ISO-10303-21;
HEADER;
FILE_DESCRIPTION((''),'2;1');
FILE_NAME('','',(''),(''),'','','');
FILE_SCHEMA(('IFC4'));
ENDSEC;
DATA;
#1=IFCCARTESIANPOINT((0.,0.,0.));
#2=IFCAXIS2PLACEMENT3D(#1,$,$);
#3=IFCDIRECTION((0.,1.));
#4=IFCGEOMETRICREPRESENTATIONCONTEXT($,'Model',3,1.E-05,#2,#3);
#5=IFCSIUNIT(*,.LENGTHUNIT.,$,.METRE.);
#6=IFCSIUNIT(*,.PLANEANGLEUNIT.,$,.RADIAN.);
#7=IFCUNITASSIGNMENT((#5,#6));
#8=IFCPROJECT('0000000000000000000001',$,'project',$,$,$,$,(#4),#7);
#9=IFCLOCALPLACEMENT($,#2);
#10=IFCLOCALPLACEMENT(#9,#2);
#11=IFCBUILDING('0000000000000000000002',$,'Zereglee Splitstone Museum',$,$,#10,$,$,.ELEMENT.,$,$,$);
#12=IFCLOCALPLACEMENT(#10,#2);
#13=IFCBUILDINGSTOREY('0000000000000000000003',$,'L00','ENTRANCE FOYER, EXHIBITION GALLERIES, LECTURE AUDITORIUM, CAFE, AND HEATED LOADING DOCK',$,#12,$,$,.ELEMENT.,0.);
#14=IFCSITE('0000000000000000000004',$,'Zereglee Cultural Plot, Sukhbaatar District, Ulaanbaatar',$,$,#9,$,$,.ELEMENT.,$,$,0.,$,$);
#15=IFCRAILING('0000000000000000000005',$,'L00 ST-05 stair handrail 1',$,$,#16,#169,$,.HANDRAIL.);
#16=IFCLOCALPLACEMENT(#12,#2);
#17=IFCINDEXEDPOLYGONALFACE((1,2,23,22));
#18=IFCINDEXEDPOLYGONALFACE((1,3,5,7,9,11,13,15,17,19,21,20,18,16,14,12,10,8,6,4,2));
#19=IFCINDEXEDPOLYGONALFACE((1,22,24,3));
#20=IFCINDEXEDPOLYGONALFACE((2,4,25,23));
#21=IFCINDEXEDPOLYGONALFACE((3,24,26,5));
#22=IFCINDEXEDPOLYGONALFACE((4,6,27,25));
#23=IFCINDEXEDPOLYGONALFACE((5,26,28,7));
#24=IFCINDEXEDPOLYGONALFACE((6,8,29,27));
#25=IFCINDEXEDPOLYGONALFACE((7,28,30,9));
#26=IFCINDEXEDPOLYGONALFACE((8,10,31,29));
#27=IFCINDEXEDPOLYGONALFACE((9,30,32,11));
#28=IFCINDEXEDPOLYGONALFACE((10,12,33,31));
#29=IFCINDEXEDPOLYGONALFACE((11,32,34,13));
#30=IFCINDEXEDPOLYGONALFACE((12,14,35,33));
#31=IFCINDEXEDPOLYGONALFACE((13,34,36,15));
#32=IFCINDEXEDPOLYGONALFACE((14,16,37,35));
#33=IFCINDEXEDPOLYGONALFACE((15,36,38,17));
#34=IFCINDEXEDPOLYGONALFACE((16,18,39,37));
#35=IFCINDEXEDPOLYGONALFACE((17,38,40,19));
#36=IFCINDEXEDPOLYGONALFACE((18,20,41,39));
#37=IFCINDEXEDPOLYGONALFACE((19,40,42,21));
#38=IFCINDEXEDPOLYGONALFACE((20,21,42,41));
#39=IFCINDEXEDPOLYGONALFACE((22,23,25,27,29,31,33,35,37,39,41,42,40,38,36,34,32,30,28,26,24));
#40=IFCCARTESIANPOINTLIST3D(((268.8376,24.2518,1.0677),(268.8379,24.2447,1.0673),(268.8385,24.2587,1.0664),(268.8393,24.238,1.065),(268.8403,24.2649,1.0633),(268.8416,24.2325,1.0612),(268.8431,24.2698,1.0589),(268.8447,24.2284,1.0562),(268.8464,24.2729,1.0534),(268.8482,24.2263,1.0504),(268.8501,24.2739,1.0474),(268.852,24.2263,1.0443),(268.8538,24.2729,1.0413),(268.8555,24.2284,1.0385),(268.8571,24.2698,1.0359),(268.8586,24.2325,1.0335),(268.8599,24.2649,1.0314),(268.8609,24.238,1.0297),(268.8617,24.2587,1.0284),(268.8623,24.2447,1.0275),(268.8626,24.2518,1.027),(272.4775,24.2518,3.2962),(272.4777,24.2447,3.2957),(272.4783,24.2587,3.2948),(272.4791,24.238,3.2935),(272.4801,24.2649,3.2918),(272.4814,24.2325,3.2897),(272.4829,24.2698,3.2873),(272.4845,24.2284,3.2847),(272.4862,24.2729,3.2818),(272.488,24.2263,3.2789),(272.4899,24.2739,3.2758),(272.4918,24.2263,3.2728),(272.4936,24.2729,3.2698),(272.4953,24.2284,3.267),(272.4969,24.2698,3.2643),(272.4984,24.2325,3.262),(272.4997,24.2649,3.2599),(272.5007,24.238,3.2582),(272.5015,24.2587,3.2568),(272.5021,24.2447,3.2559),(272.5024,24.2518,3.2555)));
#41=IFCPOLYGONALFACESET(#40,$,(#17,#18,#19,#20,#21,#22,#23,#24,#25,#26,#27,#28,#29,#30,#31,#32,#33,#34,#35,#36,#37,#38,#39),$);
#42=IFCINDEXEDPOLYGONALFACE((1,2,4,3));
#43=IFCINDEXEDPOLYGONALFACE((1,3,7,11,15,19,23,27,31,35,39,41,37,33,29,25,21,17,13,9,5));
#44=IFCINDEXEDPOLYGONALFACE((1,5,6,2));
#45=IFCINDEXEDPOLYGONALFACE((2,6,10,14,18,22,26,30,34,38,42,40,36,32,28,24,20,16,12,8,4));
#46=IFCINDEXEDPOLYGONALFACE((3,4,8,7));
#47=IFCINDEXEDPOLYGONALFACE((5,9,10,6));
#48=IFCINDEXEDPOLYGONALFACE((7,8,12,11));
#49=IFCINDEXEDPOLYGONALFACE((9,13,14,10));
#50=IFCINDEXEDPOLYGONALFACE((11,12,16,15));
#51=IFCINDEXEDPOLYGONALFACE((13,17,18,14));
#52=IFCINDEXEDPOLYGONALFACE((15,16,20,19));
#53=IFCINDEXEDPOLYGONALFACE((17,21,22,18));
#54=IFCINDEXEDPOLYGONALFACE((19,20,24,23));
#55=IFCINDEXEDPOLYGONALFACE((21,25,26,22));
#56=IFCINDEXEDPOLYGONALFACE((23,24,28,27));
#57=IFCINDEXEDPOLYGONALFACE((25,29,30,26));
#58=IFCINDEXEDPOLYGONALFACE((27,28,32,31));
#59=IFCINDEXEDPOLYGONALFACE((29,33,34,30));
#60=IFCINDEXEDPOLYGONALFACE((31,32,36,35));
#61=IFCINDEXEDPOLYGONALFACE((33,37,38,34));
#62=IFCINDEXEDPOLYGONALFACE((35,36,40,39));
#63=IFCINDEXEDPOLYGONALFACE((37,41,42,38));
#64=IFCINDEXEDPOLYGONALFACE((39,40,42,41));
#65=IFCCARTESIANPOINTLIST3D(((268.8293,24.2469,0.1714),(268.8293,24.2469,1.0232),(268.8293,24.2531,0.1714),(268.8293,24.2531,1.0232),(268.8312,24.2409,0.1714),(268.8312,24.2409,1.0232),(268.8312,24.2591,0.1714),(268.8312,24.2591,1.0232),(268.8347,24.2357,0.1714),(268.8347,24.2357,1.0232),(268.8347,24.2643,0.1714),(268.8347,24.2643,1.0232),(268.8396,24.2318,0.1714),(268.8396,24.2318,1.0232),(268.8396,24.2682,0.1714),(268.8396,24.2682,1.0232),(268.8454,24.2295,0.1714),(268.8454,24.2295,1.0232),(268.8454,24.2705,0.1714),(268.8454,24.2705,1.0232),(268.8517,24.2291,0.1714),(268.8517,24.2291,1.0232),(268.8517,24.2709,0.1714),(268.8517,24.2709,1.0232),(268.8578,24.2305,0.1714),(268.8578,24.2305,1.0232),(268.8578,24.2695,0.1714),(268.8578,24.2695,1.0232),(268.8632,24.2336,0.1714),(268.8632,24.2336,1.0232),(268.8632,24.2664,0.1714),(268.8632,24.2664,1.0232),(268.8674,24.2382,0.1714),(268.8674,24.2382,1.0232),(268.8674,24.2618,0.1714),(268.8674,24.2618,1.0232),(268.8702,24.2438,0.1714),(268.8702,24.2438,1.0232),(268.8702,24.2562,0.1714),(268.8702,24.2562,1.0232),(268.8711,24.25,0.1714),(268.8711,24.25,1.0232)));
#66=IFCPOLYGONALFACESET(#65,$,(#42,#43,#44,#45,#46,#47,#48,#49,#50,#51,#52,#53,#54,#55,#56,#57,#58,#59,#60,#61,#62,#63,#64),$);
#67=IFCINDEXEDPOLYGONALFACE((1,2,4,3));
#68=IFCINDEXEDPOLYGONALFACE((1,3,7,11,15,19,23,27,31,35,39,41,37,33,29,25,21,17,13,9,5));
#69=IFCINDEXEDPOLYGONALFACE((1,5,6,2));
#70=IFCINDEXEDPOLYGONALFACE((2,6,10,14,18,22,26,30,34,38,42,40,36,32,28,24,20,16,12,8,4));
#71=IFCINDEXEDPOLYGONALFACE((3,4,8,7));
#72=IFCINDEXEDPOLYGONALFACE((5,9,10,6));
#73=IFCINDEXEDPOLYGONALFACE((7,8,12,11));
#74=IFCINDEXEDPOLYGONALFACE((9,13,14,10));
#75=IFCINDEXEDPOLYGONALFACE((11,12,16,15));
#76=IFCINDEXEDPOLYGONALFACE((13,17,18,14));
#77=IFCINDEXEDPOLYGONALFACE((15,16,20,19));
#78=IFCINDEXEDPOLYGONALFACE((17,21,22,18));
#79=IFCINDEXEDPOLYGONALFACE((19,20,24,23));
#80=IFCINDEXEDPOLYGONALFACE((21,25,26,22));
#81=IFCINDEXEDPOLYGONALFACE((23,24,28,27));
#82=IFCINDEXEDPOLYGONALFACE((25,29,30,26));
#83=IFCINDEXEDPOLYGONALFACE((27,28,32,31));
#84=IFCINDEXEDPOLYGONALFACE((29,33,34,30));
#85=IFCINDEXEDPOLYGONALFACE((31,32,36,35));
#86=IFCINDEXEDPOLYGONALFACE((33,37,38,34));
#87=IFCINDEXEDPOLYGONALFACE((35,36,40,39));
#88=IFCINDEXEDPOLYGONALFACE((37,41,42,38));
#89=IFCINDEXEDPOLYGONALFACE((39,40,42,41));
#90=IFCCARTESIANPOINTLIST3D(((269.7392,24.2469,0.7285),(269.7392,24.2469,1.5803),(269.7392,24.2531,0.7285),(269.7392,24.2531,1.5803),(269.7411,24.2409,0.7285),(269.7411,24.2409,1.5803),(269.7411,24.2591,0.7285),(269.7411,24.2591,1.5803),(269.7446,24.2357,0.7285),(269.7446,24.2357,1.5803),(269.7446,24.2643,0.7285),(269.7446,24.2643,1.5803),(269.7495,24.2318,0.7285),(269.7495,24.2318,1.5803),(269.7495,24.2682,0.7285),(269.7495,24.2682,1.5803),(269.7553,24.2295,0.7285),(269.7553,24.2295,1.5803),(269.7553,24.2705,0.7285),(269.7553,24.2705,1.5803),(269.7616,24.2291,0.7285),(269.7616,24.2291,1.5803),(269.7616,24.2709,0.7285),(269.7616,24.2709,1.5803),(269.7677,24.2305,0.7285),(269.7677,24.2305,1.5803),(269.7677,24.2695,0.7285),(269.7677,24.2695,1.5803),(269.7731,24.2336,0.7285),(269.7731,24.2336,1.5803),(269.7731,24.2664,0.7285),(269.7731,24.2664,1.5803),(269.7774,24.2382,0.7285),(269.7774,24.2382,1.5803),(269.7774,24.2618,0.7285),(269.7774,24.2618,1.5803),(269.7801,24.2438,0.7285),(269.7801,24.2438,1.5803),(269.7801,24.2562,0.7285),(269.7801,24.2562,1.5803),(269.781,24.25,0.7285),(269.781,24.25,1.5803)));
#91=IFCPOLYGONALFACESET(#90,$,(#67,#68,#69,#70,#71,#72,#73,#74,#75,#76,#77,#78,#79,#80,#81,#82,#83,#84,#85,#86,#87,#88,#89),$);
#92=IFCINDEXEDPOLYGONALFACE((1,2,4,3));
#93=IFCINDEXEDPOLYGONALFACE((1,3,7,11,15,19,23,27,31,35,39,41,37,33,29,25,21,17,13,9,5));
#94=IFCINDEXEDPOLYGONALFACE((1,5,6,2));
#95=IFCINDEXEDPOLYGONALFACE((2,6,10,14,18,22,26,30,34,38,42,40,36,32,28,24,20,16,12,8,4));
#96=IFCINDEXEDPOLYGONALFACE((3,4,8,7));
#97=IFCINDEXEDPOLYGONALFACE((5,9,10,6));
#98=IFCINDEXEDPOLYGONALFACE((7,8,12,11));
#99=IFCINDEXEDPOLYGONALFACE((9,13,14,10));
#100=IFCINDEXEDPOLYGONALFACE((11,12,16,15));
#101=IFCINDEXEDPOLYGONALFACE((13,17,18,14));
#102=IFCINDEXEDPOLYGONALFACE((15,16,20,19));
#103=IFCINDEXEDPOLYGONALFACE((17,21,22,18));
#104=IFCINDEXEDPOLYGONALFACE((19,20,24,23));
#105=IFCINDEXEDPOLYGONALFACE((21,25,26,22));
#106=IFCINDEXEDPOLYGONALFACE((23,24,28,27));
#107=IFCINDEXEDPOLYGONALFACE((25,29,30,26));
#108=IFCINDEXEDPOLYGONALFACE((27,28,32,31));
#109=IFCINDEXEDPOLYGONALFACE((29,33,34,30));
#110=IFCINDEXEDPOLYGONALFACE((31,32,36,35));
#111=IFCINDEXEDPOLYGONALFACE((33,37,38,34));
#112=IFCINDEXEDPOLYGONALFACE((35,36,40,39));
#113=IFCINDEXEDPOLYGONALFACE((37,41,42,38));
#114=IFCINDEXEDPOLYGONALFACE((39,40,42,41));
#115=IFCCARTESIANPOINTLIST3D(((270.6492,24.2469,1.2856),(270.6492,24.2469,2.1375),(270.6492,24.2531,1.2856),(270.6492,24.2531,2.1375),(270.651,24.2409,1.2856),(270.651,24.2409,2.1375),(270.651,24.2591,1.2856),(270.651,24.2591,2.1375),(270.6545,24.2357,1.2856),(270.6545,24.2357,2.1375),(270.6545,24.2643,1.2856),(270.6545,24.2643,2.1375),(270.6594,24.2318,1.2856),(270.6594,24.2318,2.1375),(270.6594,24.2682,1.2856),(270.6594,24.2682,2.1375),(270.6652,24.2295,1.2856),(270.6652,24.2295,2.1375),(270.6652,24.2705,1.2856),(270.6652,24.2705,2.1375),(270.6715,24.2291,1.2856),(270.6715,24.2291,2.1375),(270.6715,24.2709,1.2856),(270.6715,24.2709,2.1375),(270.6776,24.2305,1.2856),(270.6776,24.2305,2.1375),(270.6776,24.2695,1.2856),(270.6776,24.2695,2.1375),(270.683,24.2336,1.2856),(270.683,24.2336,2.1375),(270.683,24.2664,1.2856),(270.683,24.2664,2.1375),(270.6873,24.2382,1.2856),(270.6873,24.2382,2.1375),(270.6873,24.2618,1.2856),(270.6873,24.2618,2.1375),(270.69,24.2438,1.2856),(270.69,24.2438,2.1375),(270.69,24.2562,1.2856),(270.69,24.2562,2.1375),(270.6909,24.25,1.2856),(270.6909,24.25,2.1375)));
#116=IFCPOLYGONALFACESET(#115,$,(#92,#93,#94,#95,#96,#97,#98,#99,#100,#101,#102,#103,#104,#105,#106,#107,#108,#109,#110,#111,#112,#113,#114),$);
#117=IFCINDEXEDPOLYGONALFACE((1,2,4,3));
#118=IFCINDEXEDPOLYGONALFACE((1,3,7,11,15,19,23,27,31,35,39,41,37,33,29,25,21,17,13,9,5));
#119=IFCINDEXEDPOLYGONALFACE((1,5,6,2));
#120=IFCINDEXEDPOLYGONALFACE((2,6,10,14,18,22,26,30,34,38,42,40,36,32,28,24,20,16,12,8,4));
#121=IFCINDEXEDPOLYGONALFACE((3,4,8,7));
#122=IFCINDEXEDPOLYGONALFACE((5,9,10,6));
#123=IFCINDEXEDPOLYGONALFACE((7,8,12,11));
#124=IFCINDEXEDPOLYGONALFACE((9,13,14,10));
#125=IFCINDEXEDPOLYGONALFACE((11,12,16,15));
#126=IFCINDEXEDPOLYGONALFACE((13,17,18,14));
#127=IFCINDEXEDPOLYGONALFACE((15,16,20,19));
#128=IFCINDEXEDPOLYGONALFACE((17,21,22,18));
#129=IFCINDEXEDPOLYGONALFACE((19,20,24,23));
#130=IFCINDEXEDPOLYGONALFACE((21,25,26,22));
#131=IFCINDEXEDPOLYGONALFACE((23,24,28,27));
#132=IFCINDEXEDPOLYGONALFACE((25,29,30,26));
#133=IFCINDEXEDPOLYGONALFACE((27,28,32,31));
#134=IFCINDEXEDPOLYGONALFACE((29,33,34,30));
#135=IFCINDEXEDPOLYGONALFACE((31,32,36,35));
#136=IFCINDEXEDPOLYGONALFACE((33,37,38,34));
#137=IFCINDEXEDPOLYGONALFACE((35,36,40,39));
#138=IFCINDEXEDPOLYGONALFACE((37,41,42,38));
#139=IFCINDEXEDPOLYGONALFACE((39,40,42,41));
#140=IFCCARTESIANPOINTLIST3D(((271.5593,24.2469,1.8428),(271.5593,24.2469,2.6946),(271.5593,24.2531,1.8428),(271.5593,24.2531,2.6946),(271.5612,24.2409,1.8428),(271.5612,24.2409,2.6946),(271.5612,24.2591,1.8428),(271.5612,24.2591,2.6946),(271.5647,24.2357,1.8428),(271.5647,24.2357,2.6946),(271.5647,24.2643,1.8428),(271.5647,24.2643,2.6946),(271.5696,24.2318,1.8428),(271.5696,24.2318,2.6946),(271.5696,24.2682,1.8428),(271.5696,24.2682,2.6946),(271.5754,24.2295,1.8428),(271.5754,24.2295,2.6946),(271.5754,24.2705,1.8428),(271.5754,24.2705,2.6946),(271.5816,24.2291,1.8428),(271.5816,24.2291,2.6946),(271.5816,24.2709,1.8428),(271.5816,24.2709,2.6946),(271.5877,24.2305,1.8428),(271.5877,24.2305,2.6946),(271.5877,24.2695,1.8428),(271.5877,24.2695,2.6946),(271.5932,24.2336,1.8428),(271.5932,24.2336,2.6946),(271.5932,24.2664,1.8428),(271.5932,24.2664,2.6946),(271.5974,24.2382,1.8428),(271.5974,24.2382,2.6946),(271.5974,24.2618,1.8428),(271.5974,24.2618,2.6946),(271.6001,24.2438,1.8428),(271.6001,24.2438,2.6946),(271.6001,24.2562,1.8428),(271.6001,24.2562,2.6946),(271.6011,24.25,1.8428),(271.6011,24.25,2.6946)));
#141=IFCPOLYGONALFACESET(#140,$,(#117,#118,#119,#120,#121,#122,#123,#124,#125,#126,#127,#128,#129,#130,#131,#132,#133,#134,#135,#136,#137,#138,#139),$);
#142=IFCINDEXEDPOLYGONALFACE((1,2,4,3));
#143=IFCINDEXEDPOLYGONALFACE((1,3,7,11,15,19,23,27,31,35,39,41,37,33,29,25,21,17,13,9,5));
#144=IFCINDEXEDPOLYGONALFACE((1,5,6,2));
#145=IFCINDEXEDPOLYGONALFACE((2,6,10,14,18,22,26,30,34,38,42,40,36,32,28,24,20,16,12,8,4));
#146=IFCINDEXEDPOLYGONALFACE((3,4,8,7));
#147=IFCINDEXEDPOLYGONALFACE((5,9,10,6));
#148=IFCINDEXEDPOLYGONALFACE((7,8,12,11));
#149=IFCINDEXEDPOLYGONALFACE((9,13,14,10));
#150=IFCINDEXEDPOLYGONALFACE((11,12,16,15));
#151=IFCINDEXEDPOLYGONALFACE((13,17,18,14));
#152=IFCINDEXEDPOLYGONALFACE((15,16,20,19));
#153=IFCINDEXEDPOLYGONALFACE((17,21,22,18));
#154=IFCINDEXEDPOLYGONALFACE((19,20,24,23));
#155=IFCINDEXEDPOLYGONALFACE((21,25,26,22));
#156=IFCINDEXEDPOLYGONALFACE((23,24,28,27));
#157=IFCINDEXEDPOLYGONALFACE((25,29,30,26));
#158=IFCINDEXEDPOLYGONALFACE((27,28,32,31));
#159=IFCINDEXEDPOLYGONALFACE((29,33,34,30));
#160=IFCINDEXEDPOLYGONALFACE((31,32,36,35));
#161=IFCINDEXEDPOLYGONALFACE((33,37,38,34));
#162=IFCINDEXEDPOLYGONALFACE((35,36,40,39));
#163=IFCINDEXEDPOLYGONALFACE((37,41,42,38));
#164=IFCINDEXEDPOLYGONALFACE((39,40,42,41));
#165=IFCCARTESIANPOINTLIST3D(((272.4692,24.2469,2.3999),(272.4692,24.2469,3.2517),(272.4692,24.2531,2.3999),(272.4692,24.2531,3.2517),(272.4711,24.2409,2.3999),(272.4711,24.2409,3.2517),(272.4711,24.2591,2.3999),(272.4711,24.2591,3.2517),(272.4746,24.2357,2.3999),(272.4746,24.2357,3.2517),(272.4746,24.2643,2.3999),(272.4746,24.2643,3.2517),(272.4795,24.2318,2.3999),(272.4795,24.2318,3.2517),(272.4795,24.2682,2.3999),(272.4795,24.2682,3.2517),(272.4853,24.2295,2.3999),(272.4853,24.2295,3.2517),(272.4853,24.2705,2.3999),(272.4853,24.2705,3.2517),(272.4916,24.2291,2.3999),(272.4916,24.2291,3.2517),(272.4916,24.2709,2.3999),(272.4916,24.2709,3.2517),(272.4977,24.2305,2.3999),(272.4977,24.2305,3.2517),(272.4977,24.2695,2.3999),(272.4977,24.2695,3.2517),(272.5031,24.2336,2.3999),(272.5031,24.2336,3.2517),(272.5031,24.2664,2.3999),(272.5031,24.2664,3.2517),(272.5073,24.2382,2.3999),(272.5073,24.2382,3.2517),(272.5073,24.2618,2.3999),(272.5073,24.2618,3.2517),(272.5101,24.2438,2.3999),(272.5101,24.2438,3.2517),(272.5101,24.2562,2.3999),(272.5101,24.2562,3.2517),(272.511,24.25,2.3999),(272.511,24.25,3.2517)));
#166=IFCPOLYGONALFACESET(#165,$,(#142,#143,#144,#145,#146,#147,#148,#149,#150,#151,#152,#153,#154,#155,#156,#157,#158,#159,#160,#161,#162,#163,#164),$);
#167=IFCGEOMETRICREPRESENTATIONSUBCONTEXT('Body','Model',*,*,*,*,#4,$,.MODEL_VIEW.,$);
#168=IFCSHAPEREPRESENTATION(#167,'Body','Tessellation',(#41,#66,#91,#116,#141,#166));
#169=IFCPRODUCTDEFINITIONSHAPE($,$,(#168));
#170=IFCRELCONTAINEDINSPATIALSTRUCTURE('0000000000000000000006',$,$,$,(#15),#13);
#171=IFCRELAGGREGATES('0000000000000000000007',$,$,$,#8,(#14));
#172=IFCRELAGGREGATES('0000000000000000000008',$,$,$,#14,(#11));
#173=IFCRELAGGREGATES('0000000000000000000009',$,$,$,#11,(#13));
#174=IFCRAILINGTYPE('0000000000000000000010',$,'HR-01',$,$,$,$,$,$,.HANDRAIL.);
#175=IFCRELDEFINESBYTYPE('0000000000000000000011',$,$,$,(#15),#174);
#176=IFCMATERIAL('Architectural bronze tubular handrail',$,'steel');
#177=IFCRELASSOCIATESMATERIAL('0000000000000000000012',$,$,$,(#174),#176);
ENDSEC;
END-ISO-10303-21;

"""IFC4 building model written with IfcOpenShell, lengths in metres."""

from ifc_helpers import new_model, si_unit, direction, frame, origin, origin_2d, place, context, subcontext, project, spatial, circle, extrude, material, type_object, element, save


model = new_model("IFC4")

# Units and contexts
model_context = context("Model", 3, precision=1e-05, world=origin(), true_north=direction((0.0, 1.0)))
body_context = subcontext(model_context, "Body", "Model", "MODEL_VIEW")
ifc_project = project(units=[si_unit("LENGTHUNIT", "METRE"), si_unit("PLANEANGLEUNIT", "RADIAN")], contexts=[model_context])

# Site, building, storey
site_placement = place(None, origin())
site = spatial("IfcSite", under=ifc_project, at=site_placement, Name="Zereglee Cultural Plot, Sukhbaatar District, Ulaanbaatar", CompositionType="ELEMENT", RefElevation=0.0)
building_placement = place(site_placement, origin())
building = spatial("IfcBuilding", under=site, at=building_placement, Name="Zereglee Splitstone Museum", CompositionType="ELEMENT")
storey_placement = place(building_placement, origin())
storey = spatial("IfcBuildingStorey", under=building, at=storey_placement, Name="L00", Description="ENTRANCE FOYER, EXHIBITION GALLERIES, LECTURE AUDITORIUM, CAFE, AND HEATED LOADING DOCK", CompositionType="ELEMENT", Elevation=0.0)

# Railing
ifc_material_1 = material(Name="Architectural bronze tubular handrail", Category="steel")
railing_type_1 = type_object("IfcRailingType", Name="HR-01", PredefinedType="HANDRAIL", material=ifc_material_1)
railing_1_placement = place(storey_placement, frame((268.8501, 24.25, 0.1714)))
element("IfcRailing", 1, at=railing_1_placement, inside=storey, type_object=railing_type_1, Name="L00 ST-05 stair handrail 1", PredefinedType="HANDRAIL", context=body_context, shape_type="SweptSolid", body=[
    extrude(circle(Radius=0.0239, at=origin_2d()), frame((0.0, 0.0, 0.876), z_axis=(0.85285, 0.0, 0.522156), x_axis=(0.0, 1.0, 0.0)), (0.0, 0.0, 1.0), 4.2678),
    extrude(circle(Radius=0.021, at=origin_2d()), origin(), (0.0, 0.0, 1.0), 0.8518),
    extrude(circle(Radius=0.021, at=origin_2d()), frame((0.9099, 0.0, 0.5571)), (0.0, 0.0, 1.0), 0.8518),
    extrude(circle(Radius=0.021, at=origin_2d()), frame((1.8198, 0.0, 1.1143)), (0.0, 0.0, 1.0), 0.8518),
    extrude(circle(Radius=0.021, at=origin_2d()), frame((2.73, 0.0, 1.6714)), (0.0, 0.0, 1.0), 0.8518),
    extrude(circle(Radius=0.021, at=origin_2d()), frame((3.6399, 0.0, 2.2285)), (0.0, 0.0, 1.0), 0.8518),
])

save(model, "model.ifc")
